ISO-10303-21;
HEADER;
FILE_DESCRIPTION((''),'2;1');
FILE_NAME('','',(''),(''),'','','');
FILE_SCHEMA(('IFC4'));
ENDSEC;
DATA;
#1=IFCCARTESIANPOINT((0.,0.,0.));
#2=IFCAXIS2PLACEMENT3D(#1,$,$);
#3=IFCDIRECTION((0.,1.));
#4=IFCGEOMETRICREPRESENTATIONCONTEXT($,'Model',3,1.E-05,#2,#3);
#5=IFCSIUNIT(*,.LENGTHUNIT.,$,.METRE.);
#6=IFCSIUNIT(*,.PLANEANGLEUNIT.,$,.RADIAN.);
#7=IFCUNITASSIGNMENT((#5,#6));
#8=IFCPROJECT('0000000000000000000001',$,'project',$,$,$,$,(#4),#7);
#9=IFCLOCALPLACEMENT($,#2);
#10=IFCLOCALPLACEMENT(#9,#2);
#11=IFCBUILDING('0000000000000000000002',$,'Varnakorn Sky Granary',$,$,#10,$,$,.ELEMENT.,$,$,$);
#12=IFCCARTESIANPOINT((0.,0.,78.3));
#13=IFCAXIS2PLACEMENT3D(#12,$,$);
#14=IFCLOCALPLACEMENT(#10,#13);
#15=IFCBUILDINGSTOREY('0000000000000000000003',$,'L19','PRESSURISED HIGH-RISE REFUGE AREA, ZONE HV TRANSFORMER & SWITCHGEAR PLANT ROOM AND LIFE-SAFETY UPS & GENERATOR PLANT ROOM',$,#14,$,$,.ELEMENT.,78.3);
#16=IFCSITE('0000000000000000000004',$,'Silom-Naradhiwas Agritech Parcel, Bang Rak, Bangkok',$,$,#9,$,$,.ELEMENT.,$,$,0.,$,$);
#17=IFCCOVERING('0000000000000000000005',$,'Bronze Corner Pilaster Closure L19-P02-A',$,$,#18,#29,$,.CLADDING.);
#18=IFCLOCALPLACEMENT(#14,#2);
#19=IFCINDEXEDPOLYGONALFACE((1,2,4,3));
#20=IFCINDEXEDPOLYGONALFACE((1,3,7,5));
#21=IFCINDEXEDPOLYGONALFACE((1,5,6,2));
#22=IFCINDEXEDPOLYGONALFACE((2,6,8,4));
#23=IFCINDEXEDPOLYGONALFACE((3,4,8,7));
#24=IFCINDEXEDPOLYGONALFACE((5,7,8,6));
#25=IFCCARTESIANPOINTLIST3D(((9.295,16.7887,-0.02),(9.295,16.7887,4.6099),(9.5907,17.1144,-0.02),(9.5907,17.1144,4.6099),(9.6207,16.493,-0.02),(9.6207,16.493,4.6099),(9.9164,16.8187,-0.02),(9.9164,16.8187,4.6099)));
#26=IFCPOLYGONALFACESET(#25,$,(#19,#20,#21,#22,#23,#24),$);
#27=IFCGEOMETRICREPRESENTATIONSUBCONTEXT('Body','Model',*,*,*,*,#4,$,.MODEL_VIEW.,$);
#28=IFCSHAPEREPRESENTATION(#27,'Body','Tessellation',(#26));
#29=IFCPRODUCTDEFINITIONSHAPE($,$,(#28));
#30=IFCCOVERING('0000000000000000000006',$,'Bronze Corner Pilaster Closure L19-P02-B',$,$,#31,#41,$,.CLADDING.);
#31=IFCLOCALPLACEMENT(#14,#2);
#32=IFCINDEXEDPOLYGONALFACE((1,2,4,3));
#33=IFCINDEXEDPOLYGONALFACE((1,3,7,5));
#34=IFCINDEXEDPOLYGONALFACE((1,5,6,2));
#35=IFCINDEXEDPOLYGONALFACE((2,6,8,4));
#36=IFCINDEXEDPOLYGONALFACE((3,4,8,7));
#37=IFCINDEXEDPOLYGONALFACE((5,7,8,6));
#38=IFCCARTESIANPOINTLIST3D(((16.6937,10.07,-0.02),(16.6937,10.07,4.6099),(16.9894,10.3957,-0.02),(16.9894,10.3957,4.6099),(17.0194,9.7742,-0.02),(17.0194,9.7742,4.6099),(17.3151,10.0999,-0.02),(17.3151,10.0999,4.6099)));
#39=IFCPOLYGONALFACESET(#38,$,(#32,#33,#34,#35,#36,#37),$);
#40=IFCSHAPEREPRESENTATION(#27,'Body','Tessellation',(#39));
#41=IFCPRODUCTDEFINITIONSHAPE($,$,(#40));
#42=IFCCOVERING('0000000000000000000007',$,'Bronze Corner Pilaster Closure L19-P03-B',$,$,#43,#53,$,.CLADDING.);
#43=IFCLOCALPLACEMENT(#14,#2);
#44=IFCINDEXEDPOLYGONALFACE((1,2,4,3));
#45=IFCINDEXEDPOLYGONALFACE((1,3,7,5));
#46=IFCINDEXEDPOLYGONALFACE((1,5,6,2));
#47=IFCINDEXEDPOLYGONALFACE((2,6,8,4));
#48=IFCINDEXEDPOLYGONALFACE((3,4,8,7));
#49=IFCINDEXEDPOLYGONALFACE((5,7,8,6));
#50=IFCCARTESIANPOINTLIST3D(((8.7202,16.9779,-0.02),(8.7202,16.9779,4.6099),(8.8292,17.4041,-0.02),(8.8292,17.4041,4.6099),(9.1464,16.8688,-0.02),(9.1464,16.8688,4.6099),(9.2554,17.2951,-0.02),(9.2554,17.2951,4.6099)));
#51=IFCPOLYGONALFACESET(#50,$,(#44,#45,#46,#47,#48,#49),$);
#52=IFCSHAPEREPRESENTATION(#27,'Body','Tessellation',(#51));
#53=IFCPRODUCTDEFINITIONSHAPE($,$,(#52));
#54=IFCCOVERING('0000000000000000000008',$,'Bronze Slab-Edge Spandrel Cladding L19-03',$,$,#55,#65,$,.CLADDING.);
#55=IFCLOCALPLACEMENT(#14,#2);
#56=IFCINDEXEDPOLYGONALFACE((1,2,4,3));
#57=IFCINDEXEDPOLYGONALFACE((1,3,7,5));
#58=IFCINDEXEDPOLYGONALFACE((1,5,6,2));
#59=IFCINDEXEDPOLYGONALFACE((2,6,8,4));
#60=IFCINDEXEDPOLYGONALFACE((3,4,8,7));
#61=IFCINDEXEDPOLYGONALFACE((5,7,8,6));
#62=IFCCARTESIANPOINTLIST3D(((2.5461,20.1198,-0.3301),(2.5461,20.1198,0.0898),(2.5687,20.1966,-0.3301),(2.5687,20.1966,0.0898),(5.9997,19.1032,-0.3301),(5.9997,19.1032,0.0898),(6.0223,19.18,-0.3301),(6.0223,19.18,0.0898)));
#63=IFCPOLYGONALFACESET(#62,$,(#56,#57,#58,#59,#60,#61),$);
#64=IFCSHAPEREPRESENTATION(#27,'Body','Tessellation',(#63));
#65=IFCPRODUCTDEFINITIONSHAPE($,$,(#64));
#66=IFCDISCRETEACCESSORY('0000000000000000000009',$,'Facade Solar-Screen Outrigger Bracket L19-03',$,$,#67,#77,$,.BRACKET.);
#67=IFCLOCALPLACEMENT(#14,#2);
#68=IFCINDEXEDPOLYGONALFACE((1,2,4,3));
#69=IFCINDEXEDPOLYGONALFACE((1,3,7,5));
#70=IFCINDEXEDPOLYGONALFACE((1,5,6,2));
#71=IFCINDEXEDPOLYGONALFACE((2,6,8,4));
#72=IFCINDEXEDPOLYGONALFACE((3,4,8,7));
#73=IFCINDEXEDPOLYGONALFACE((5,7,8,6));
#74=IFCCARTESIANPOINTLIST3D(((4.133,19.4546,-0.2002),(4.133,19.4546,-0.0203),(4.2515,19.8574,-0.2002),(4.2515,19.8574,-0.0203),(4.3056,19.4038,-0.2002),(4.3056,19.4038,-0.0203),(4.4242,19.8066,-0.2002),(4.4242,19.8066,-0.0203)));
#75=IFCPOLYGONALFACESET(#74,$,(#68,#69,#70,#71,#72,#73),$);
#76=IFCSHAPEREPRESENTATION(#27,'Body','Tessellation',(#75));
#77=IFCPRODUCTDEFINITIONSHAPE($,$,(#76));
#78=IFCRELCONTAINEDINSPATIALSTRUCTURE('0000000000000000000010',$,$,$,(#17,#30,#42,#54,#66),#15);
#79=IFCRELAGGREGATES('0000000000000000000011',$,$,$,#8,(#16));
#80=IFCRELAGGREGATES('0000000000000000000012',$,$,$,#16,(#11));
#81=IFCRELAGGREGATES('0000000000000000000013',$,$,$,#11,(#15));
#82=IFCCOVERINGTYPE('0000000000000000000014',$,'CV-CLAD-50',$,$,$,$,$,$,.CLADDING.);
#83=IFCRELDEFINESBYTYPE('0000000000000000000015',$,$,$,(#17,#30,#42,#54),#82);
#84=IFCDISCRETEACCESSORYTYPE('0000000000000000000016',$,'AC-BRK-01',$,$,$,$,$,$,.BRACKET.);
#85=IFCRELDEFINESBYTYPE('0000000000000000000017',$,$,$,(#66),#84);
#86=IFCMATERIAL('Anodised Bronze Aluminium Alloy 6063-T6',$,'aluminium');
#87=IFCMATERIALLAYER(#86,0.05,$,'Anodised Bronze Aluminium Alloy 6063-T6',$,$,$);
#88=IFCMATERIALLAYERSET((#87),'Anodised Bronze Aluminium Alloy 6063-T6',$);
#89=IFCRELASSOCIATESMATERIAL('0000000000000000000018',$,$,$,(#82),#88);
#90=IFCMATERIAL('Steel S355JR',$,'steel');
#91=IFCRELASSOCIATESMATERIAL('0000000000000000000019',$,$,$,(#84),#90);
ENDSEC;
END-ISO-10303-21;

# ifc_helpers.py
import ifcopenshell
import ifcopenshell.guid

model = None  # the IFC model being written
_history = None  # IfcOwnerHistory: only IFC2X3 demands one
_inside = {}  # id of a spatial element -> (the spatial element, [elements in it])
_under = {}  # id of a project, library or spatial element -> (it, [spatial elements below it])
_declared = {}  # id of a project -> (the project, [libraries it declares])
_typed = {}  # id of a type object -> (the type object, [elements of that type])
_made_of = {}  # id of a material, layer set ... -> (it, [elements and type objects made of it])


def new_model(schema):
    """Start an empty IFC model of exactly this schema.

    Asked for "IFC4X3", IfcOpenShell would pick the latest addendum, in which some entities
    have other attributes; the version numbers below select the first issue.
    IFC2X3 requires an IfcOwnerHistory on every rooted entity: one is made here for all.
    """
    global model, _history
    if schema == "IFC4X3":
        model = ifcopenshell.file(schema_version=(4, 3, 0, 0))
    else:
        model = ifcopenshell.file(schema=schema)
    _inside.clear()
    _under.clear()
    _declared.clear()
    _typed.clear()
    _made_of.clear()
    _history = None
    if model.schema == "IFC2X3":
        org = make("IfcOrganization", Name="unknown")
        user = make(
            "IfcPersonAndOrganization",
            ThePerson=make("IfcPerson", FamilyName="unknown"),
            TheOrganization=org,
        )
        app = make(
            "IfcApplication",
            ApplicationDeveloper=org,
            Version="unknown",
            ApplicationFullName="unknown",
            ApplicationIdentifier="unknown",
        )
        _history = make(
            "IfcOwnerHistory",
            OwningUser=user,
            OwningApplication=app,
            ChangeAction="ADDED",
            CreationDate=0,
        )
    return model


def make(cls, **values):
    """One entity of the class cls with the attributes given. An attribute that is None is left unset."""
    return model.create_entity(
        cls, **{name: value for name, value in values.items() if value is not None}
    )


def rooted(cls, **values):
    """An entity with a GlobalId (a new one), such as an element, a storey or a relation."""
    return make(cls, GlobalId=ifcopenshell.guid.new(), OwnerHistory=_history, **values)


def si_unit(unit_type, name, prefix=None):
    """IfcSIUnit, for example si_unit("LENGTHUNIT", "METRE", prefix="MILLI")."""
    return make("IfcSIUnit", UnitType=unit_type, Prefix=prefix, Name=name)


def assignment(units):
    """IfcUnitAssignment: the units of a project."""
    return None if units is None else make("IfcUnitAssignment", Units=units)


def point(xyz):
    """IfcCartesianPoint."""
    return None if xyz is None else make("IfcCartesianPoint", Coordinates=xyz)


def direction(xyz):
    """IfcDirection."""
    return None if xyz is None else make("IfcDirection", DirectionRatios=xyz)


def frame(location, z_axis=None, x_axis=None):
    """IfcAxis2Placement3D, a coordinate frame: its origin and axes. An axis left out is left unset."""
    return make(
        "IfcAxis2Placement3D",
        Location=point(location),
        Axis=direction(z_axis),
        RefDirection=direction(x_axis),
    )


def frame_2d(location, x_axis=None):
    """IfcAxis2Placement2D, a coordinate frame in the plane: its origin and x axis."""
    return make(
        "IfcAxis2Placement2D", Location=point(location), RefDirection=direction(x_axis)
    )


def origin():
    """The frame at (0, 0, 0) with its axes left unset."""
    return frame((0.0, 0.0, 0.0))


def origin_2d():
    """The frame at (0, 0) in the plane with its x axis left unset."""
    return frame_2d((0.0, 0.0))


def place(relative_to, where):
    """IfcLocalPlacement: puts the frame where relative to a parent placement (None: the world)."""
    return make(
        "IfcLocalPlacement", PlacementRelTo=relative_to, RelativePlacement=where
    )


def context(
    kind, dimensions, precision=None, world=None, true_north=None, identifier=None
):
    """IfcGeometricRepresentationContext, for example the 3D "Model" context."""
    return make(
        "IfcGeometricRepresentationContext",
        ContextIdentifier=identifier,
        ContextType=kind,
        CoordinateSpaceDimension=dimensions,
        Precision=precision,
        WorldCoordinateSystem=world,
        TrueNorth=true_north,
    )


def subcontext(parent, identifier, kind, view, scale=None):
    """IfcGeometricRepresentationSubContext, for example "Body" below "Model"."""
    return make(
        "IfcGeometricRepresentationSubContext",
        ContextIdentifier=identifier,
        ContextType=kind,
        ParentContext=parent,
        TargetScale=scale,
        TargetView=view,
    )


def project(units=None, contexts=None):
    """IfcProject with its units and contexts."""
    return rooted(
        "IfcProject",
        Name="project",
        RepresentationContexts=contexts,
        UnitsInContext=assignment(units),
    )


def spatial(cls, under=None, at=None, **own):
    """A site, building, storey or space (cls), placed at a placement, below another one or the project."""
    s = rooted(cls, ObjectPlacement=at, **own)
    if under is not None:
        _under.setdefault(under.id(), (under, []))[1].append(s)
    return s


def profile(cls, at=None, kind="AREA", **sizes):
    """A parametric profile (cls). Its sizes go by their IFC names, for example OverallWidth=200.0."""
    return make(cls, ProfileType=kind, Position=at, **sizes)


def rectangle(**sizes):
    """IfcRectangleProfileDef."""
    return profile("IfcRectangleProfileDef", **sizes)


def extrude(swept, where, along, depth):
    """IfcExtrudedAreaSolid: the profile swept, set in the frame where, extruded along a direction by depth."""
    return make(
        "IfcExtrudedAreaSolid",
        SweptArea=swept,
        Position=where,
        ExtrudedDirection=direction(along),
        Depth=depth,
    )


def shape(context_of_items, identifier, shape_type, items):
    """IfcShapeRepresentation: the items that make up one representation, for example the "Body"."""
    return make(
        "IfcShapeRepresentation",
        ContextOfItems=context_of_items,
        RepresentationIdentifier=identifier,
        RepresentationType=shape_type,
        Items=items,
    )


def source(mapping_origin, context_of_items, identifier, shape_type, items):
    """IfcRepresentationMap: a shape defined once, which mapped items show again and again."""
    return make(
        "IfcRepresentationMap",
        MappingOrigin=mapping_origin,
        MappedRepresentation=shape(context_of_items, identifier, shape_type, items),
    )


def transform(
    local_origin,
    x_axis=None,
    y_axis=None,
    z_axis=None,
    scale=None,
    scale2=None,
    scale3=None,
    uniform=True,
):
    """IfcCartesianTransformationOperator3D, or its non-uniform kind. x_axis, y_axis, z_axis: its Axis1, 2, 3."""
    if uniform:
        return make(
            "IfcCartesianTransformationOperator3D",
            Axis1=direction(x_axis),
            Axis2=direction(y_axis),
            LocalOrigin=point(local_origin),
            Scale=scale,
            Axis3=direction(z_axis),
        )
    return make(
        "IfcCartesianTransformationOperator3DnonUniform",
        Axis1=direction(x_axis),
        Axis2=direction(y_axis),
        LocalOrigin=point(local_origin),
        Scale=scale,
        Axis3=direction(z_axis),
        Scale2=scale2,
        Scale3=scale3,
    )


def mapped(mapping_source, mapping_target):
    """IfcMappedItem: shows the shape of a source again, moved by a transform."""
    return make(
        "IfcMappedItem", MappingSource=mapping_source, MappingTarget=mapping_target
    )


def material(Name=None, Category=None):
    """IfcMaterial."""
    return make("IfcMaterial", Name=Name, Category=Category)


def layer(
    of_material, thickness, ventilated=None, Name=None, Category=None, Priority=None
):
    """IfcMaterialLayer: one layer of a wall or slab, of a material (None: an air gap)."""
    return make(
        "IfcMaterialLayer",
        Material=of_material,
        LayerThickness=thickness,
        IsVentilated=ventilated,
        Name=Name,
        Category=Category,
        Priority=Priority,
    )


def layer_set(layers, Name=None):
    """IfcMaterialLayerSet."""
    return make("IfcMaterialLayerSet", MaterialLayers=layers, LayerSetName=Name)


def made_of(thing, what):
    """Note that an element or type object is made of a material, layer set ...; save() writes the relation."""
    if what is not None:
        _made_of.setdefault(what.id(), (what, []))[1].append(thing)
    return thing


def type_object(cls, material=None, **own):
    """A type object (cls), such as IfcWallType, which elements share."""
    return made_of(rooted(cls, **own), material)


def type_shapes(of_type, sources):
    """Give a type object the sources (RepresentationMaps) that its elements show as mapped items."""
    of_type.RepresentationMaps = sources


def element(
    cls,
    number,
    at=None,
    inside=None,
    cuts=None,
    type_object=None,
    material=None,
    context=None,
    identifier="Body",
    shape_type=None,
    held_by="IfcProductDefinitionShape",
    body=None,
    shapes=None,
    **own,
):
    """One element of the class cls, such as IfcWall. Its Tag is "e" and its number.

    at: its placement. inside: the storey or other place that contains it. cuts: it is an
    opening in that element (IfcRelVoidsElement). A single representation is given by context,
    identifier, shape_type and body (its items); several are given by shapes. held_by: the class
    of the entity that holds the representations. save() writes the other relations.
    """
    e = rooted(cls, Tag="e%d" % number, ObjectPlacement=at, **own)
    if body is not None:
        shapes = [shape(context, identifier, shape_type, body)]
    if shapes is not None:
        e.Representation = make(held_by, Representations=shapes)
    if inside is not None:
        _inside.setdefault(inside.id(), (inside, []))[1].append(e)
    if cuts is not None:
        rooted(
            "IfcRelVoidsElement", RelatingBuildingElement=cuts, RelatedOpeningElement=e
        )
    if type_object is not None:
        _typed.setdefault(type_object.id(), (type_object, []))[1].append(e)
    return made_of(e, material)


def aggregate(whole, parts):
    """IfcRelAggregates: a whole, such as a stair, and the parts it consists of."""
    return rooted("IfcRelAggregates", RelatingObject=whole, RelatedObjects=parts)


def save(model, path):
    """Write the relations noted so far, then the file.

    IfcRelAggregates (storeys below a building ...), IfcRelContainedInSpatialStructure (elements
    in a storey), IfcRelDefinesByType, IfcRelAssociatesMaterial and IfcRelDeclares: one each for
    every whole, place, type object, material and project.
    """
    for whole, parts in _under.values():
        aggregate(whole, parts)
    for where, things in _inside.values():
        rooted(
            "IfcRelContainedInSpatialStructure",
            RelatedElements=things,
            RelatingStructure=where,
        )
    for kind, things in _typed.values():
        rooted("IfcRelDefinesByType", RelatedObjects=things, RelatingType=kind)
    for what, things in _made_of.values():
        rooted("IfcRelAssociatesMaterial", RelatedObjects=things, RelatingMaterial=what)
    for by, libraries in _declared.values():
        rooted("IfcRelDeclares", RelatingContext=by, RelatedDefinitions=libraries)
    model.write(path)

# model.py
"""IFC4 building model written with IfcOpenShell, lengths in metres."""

from ifc_helpers import new_model, si_unit, direction, frame, origin, origin_2d, place, context, subcontext, project, spatial, rectangle, extrude, source, transform, mapped, material, layer, layer_set, type_object, type_shapes, element, save


model = new_model("IFC4")

# Units and contexts
model_context = context("Model", 3, precision=1e-05, world=origin(), true_north=direction((0.0, 1.0)))
body_context = subcontext(model_context, "Body", "Model", "MODEL_VIEW")
ifc_project = project(units=[si_unit("LENGTHUNIT", "METRE"), si_unit("PLANEANGLEUNIT", "RADIAN")], contexts=[model_context])

# Site, building, storey
site_placement = place(None, origin())
site = spatial("IfcSite", under=ifc_project, at=site_placement, Name="Silom-Naradhiwas Agritech Parcel, Bang Rak, Bangkok", CompositionType="ELEMENT", RefElevation=0.0)
building_placement = place(site_placement, origin())
building = spatial("IfcBuilding", under=site, at=building_placement, Name="Varnakorn Sky Granary", CompositionType="ELEMENT")
storey_placement = place(building_placement, frame((0.0, 0.0, 78.3)))
storey = spatial("IfcBuildingStorey", under=building, at=storey_placement, Name="L19", Description="PRESSURISED HIGH-RISE REFUGE AREA, ZONE HV TRANSFORMER & SWITCHGEAR PLANT ROOM AND LIFE-SAFETY UPS & GENERATOR PLANT ROOM", CompositionType="ELEMENT", Elevation=78.3)

# Shared definitions
ifc_material_1 = material(Name="Steel S355JR", Category="steel")

# Shared definitions
ifc_material_2 = material(Name="Anodised Bronze Aluminium Alloy 6063-T6", Category="aluminium")

# Coverings
ifc_layer_1 = layer(ifc_material_2, 0.05, Name="Anodised Bronze Aluminium Alloy 6063-T6")
ifc_layer_set_1 = layer_set([ifc_layer_1], Name="Anodised Bronze Aluminium Alloy 6063-T6")
covering_type = type_object("IfcCoveringType", Name="CV-CLAD-50", PredefinedType="CLADDING", material=ifc_layer_set_1)
shared_shape_1 = source(origin(), body_context, "Body", "SweptSolid", [
    extrude(rectangle(XDim=0.4399, YDim=0.4399, at=origin_2d()), origin(), (0.0, 0.0, 1.0), 4.6299),
])
for number, where, z_axis, x_axis, name in (
    (1, (9.6057, 16.8037, -0.02), (0.0, 0.0, 1.0), (0.740335, -0.672238, 0.0), "Bronze Corner Pilaster Closure L19-P02-A"),
    (2, (17.0044, 10.085, -0.02), (0.0, 0.0, 1.0), (0.740335, -0.672238, 0.0), "Bronze Corner Pilaster Closure L19-P02-B"),
    (3, (8.9878, 17.1365, -0.02), (0.0, 0.0, 1.0), (0.9688, -0.247845, 0.0), "Bronze Corner Pilaster Closure L19-P03-B"),
):
    element("IfcCovering", number, at=place(storey_placement, frame(where, z_axis=z_axis, x_axis=x_axis)), inside=storey, type_object=covering_type, Name=name, PredefinedType="CLADDING", context=body_context, shape_type="MappedRepresentation", body=[
        mapped(shared_shape_1, transform((0.0, 0.0, 0.0), x_axis=(1.0, 0.0, 0.0), y_axis=(0.0, 1.0, 0.0), z_axis=(0.0, 0.0, 1.0), scale=1.0)),
    ])
shared_shape_2 = source(origin(), body_context, "Body", "SweptSolid", [
    extrude(rectangle(XDim=3.6001, YDim=0.0801, at=origin_2d()), origin(), (0.0, 0.0, 1.0), 0.4199),
])
type_shapes(covering_type, [shared_shape_1, shared_shape_2])
covering_placement = place(storey_placement, frame((4.2842, 19.6499, -0.3301), z_axis=(0.0, 0.0, 1.0), x_axis=(-0.959301, 0.282384, 0.0)))
element("IfcCovering", 4, at=covering_placement, inside=storey, type_object=covering_type, Name="Bronze Slab-Edge Spandrel Cladding L19-03", PredefinedType="CLADDING", context=body_context, shape_type="MappedRepresentation", body=[
    mapped(shared_shape_2, transform((0.0, 0.0, 0.0), x_axis=(1.0, 0.0, 0.0), y_axis=(0.0, 1.0, 0.0), z_axis=(0.0, 0.0, 1.0), scale=1.0)),
])

# Discrete accessory
discrete_accessory_type = type_object("IfcDiscreteAccessoryType", Name="AC-BRK-01", PredefinedType="BRACKET", material=ifc_material_1)
shared_shape_3 = source(origin(), body_context, "Body", "SweptSolid", [
    extrude(rectangle(XDim=0.1799, YDim=0.4199, at=origin_2d()), origin(), (0.0, 0.0, 1.0), 0.1799),
])
type_shapes(discrete_accessory_type, [shared_shape_3])
discrete_accessory_placement = place(storey_placement, frame((4.2786, 19.6306, -0.2002), z_axis=(0.0, 0.0, 1.0), x_axis=(-0.959301, 0.282384, 0.0)))
element("IfcDiscreteAccessory", 5, at=discrete_accessory_placement, inside=storey, type_object=discrete_accessory_type, Name="Facade Solar-Screen Outrigger Bracket L19-03", PredefinedType="BRACKET", context=body_context, shape_type="MappedRepresentation", body=[
    mapped(shared_shape_3, transform((0.0, 0.0, 0.0), x_axis=(1.0, 0.0, 0.0), y_axis=(0.0, 1.0, 0.0), z_axis=(0.0, 0.0, 1.0), scale=1.0)),
])

save(model, "model.ifc")
